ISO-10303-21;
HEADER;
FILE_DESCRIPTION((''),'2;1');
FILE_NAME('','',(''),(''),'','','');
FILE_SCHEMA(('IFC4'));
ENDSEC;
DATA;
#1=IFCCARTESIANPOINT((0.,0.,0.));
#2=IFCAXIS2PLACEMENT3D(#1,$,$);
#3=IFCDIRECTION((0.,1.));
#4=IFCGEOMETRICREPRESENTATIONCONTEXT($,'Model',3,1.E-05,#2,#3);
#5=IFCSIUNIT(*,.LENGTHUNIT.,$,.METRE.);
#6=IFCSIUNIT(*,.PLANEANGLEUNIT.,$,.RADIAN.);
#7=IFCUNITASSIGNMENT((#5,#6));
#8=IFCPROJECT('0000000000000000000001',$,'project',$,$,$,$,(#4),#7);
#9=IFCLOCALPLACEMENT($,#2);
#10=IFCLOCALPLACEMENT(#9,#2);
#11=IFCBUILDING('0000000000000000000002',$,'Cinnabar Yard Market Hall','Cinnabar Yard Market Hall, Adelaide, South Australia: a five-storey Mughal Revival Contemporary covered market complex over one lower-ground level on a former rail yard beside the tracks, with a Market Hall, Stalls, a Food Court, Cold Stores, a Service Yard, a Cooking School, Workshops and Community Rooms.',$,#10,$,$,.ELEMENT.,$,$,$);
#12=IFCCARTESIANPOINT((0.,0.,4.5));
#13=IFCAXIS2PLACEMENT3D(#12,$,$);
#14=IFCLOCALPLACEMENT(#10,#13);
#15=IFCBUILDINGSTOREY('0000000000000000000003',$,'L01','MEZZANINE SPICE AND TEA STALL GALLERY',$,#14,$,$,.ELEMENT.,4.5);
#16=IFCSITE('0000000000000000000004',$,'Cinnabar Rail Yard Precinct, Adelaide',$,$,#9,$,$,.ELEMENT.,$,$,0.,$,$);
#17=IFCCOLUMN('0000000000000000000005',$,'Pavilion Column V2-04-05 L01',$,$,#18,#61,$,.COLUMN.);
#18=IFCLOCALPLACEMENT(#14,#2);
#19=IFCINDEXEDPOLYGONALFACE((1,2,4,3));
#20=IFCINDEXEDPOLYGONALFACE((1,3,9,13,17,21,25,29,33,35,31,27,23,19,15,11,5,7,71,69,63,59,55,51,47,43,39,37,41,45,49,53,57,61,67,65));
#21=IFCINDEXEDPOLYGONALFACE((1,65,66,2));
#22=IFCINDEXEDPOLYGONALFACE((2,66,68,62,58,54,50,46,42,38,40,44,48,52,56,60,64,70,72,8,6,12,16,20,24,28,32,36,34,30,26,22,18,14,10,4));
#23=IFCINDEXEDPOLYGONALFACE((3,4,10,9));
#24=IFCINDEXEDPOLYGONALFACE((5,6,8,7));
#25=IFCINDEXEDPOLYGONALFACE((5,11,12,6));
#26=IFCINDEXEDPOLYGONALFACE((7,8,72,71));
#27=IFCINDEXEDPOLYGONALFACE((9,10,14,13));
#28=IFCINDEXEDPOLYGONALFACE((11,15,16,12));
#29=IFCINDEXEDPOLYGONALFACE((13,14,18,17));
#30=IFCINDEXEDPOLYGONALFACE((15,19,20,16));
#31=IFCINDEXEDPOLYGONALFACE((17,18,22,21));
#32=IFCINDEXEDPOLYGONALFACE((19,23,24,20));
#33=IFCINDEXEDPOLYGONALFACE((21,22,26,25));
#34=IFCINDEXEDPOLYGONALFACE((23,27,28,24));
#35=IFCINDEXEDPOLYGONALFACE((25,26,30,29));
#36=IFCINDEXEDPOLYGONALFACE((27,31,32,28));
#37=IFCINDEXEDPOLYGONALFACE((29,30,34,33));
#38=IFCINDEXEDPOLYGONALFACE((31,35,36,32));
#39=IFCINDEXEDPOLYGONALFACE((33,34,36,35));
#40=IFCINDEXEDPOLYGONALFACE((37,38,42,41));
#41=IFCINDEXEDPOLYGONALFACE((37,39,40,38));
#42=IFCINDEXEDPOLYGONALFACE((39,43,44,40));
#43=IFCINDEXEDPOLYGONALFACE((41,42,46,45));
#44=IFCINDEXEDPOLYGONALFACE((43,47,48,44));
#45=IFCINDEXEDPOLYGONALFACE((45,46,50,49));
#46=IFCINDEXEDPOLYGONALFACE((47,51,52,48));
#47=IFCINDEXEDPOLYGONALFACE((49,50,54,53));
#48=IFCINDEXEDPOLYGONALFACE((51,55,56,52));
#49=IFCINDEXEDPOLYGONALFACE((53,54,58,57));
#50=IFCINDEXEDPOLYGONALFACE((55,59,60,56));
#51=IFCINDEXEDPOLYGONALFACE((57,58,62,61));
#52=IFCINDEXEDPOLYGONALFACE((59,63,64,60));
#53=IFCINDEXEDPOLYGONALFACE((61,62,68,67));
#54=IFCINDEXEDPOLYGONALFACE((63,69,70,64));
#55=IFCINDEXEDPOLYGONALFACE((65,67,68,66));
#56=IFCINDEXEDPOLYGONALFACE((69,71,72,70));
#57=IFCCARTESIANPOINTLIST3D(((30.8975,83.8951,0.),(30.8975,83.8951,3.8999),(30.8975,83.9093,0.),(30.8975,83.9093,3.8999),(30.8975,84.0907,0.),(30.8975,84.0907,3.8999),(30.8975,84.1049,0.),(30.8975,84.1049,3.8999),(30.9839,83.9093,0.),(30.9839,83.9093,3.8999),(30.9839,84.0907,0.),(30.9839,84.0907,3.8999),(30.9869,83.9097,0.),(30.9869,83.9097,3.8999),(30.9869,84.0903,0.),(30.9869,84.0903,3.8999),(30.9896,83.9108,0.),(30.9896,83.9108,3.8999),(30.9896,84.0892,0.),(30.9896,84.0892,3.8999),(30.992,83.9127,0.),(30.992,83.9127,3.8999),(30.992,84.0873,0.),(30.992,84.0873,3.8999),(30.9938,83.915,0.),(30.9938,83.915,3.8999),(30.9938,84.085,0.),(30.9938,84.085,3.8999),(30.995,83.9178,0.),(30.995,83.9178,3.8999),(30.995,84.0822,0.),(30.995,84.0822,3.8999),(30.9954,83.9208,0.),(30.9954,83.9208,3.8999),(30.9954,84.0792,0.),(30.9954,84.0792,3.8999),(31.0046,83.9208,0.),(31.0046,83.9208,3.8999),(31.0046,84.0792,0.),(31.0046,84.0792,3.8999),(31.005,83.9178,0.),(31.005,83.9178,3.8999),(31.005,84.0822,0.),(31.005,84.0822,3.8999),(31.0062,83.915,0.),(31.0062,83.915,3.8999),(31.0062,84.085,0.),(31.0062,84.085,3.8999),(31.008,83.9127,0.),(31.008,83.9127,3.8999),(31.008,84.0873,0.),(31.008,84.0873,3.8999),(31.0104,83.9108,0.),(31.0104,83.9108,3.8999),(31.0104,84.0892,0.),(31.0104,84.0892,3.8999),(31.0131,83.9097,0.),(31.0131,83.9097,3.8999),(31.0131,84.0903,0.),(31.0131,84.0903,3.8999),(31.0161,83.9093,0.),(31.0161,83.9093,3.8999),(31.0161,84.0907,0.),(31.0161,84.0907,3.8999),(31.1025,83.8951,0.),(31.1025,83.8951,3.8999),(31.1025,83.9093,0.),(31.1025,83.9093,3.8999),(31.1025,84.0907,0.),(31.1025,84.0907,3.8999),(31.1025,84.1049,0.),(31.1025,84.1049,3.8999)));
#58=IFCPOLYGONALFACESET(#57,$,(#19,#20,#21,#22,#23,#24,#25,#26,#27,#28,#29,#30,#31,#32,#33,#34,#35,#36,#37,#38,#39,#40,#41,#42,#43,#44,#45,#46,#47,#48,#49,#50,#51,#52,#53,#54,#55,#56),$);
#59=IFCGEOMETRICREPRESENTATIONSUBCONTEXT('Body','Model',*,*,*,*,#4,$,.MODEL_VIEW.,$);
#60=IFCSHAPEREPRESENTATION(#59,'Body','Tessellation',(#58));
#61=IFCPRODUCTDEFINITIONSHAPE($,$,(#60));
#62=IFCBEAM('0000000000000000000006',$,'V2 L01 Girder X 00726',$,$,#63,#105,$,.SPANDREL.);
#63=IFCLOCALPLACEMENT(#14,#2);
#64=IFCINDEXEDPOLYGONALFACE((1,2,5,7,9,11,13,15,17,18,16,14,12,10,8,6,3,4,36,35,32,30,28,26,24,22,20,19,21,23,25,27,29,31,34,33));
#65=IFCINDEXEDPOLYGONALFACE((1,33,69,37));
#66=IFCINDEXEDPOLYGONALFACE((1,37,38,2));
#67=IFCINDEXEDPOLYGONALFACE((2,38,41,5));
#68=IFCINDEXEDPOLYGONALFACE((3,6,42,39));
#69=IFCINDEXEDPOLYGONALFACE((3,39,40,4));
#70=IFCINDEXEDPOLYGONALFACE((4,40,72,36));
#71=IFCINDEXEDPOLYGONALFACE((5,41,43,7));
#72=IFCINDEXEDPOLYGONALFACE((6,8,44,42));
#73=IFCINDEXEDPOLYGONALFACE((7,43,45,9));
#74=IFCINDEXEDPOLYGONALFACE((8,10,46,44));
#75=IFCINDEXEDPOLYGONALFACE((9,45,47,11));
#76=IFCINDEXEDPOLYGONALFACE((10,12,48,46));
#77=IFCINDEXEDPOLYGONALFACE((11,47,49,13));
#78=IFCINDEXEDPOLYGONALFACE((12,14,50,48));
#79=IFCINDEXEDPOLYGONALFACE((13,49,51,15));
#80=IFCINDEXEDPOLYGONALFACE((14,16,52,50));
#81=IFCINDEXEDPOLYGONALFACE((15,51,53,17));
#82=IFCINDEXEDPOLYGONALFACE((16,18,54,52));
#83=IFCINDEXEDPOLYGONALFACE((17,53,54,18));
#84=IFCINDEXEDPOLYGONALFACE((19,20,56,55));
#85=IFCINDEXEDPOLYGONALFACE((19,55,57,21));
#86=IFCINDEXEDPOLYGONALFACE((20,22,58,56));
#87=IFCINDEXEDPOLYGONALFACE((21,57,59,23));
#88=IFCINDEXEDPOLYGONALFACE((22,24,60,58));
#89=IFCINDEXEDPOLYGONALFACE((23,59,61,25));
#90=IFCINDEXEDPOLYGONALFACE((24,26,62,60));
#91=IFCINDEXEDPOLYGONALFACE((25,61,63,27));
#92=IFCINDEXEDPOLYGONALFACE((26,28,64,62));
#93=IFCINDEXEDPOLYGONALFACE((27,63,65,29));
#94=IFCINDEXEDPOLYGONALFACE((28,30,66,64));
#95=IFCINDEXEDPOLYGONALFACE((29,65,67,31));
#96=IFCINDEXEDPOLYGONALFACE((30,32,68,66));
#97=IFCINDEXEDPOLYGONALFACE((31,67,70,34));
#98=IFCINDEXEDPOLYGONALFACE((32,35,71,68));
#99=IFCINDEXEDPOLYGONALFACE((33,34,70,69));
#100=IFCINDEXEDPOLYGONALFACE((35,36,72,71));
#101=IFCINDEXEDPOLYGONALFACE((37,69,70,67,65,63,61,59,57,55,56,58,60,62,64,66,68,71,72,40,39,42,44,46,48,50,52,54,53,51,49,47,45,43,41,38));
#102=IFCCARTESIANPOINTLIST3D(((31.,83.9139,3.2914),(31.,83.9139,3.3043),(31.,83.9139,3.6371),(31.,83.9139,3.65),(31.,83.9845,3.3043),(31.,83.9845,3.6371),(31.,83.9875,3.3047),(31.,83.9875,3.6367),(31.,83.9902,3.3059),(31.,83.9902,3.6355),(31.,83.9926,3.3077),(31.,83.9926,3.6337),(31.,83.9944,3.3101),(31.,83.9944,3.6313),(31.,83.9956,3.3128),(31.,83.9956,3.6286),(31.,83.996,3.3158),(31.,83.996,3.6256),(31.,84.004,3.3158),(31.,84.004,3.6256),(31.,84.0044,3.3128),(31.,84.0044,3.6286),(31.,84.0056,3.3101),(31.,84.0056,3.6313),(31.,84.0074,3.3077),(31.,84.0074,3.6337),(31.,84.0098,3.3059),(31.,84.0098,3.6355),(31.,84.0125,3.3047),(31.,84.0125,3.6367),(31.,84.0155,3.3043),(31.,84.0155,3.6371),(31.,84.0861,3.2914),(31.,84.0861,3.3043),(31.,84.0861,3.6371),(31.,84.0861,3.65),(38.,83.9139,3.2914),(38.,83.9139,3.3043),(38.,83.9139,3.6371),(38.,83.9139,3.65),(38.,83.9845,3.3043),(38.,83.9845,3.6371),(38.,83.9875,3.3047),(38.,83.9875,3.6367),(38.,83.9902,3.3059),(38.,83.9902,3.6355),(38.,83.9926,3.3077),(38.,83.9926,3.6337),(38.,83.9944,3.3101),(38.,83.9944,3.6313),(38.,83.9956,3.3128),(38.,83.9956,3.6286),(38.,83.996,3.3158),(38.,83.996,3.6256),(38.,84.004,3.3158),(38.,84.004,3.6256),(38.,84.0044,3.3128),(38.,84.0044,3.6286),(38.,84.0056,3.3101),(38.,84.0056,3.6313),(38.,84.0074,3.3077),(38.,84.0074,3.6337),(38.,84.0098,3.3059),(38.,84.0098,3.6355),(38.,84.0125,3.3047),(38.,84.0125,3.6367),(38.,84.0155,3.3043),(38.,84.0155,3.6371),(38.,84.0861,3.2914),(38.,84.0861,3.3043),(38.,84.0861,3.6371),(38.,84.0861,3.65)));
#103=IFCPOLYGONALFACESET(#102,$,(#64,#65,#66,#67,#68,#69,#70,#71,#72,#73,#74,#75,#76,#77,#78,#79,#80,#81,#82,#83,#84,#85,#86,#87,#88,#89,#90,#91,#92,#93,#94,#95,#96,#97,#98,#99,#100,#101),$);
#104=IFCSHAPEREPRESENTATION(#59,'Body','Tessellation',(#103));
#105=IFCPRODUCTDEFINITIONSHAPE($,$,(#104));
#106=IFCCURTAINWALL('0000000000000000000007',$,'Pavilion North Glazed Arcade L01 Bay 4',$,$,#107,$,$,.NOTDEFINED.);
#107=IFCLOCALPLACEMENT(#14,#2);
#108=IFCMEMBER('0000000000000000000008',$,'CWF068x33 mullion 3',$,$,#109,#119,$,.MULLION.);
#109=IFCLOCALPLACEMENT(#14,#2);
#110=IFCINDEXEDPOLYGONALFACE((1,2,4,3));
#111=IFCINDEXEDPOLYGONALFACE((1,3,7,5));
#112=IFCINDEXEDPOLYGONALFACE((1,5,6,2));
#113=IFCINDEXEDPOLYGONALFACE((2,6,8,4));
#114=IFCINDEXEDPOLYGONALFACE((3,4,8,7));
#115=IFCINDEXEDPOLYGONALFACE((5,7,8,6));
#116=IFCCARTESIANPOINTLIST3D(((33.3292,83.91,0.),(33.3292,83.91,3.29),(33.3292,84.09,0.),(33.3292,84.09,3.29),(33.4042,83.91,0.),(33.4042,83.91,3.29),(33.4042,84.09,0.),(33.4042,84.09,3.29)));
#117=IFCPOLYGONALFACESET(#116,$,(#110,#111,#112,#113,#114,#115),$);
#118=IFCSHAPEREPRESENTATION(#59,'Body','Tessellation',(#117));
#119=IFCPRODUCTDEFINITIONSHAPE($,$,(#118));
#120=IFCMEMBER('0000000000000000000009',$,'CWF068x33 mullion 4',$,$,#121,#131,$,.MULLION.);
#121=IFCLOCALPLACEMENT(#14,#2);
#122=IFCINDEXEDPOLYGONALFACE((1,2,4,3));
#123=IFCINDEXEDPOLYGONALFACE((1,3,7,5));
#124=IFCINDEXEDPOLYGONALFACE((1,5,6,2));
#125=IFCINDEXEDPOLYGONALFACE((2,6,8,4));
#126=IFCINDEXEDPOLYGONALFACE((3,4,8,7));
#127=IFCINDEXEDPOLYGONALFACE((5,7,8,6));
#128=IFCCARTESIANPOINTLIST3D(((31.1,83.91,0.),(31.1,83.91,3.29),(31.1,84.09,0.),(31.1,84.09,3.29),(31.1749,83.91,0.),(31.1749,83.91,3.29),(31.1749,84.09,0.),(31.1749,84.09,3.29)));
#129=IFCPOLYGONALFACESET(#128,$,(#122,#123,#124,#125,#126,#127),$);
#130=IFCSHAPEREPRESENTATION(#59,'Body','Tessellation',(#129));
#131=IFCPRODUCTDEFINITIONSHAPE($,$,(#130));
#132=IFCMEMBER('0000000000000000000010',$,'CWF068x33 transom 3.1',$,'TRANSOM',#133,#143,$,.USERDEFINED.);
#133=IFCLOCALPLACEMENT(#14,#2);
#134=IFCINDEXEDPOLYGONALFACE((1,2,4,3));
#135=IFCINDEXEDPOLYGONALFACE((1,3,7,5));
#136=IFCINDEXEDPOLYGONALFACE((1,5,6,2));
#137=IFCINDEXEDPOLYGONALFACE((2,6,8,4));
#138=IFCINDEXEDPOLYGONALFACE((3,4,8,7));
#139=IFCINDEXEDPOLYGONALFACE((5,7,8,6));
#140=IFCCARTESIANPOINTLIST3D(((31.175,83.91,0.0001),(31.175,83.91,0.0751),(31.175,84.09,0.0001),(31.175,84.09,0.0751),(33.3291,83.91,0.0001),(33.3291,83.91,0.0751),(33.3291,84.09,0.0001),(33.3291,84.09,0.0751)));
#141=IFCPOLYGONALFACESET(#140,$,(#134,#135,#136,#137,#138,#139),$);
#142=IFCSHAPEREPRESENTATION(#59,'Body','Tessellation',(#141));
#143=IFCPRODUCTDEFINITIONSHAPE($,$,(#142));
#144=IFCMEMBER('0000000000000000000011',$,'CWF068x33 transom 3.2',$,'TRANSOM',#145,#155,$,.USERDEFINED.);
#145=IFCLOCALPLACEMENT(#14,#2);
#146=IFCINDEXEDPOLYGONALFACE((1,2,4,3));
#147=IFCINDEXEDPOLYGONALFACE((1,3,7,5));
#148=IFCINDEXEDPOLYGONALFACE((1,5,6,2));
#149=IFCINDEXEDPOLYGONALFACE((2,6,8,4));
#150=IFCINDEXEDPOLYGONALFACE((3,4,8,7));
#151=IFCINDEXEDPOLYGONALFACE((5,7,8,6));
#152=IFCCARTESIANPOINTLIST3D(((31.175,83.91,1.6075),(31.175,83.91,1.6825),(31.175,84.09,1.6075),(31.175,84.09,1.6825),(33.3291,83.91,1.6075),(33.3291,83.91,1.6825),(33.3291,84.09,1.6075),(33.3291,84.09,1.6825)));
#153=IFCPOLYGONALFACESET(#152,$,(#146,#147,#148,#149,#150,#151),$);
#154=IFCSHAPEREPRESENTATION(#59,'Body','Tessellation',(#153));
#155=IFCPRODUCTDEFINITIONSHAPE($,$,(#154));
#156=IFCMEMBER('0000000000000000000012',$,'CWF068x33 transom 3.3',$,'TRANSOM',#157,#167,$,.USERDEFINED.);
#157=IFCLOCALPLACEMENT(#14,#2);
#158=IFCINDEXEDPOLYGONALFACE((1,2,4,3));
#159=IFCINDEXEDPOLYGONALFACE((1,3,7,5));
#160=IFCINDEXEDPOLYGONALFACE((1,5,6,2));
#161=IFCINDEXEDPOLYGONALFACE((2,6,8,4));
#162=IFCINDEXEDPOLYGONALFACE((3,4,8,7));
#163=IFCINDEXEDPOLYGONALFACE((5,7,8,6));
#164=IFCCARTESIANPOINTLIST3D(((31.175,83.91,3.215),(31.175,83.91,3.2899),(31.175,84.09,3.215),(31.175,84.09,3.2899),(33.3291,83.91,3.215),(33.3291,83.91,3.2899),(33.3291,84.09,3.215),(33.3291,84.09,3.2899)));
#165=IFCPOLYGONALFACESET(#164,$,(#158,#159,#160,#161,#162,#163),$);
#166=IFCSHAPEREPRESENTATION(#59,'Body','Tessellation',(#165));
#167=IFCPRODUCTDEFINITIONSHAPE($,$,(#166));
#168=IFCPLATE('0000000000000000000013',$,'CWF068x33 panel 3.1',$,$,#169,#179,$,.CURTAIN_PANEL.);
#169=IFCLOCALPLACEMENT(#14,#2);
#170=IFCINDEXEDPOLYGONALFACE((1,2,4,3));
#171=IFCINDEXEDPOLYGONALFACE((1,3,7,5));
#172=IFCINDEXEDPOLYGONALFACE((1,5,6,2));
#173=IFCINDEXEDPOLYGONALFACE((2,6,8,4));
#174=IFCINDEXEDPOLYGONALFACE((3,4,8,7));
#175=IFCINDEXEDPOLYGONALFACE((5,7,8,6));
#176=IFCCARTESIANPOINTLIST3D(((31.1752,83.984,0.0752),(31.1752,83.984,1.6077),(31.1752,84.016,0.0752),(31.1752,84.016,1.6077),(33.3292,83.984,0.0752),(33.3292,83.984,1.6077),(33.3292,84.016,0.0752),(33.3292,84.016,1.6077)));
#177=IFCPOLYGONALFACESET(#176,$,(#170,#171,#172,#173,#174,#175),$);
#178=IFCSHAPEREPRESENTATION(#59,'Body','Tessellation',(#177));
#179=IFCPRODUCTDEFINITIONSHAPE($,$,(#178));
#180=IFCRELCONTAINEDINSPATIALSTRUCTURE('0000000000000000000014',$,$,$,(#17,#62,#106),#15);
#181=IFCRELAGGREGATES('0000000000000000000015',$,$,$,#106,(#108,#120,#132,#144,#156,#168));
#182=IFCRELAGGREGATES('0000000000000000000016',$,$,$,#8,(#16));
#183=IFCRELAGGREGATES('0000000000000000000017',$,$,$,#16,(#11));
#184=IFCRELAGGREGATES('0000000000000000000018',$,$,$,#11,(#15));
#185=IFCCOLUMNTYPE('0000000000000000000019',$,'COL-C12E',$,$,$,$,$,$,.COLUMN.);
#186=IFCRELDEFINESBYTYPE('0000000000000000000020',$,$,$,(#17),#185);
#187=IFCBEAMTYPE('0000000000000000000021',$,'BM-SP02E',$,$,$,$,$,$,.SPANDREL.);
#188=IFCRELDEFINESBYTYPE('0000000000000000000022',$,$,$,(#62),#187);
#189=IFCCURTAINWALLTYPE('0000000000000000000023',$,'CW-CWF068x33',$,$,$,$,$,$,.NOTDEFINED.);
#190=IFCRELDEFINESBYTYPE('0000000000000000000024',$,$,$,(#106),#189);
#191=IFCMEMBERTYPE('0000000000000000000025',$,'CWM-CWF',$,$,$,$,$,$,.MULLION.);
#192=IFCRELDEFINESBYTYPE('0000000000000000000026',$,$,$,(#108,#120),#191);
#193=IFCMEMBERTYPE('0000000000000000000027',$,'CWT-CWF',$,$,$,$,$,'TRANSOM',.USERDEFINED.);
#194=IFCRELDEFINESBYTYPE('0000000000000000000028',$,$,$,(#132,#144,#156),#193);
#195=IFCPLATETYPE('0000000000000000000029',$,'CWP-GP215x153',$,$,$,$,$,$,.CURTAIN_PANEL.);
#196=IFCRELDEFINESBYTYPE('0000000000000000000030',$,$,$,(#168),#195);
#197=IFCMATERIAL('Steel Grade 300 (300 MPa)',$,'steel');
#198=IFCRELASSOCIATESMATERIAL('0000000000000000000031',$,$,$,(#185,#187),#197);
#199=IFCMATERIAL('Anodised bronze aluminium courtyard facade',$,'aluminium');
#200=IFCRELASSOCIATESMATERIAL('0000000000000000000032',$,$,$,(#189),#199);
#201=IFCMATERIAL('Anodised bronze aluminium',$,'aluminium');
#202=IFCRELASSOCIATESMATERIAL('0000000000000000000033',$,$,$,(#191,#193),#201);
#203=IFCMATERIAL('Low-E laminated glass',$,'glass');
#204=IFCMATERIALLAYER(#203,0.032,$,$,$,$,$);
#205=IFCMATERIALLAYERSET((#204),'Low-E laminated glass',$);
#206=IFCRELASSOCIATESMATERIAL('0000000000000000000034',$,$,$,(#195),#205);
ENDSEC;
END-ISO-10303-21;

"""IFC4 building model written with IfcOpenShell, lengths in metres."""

from ifc_helpers import new_model, si_unit, direction, frame, origin, origin_2d_with_axis, place, context, subcontext, project, spatial, rectangle, i_section, extrude, material, layer, layer_set, material_profile, profile_set, type_object, element, aggregate, save


model = new_model("IFC4")

# Units and contexts
model_context = context("Model", 3, precision=1e-05, world=origin(), true_north=direction((0.0, 1.0)))
body_context = subcontext(model_context, "Body", "Model", "MODEL_VIEW")
ifc_project = project(units=[si_unit("LENGTHUNIT", "METRE"), si_unit("PLANEANGLEUNIT", "RADIAN")], contexts=[model_context])

# Site, building, storey
site_placement = place(None, origin())
site = spatial("IfcSite", under=ifc_project, at=site_placement, Name="Cinnabar Rail Yard Precinct, Adelaide", CompositionType="ELEMENT", RefElevation=0.0)
building_placement = place(site_placement, origin())
building = spatial("IfcBuilding", under=site, at=building_placement, Name="Cinnabar Yard Market Hall", Description="Cinnabar Yard Market Hall, Adelaide, South Australia: a five-storey Mughal Revival Contemporary covered market complex over one lower-ground level on a former rail yard beside the tracks, with a Market Hall, Stalls, a Food Court, Cold Stores, a Service Yard, a Cooking School, Workshops and Community Rooms.", CompositionType="ELEMENT")
storey_placement = place(building_placement, frame((0.0, 0.0, 4.5)))
storey = spatial("IfcBuildingStorey", under=building, at=storey_placement, Name="L01", Description="MEZZANINE SPICE AND TEA STALL GALLERY", CompositionType="ELEMENT", Elevation=4.5)

# Column
ifc_material_1 = material(Name="Steel Grade 300 (300 MPa)", Category="steel")
ifc_material_profile_1 = material_profile(ifc_material_1, i_section(OverallWidth=0.2051, OverallDepth=0.2097, WebThickness=0.0093, FlangeThickness=0.0142, FilletRadius=0.0115, at=origin_2d_with_axis()), Name="200UC59.5")
ifc_profile_set_1 = profile_set([ifc_material_profile_1], Name="Steel Grade 300 (300 MPa)")
column_type = type_object("IfcColumnType", Name="COL-C12E", PredefinedType="COLUMN", material=ifc_profile_set_1)
column_placement = place(storey_placement, frame((31.0, 84.0, 0.0), z_axis=(0.0, 0.0, 1.0), x_axis=(1.0, 0.0, 0.0)))
element("IfcColumn", 1, at=column_placement, inside=storey, type_object=column_type, Name="Pavilion Column V2-04-05 L01", PredefinedType="COLUMN", context=body_context, shape_type="SweptSolid", body=[
    extrude(i_section(OverallWidth=0.2051, OverallDepth=0.2097, WebThickness=0.0093, FlangeThickness=0.0142, FilletRadius=0.0115, at=origin_2d_with_axis()), origin(), (0.0, 0.0, 1.0), 3.8999),
])

# Beam
ifc_material_profile_2 = material_profile(ifc_material_1, i_section(OverallWidth=0.1721, OverallDepth=0.3586, WebThickness=0.0081, FlangeThickness=0.0129, FilletRadius=0.0115, at=origin_2d_with_axis()), Name="360UB56.7")
ifc_profile_set_2 = profile_set([ifc_material_profile_2], Name="Steel Grade 300 (300 MPa)")
beam_type = type_object("IfcBeamType", Name="BM-SP02E", PredefinedType="SPANDREL", material=ifc_profile_set_2)
beam_placement = place(storey_placement, frame((31.0, 84.0, 3.4707), z_axis=(1.0, 0.0, 0.0), x_axis=(0.0, 1.0, 0.0)))
element("IfcBeam", 2, at=beam_placement, inside=storey, type_object=beam_type, Name="V2 L01 Girder X 00726", PredefinedType="SPANDREL", context=body_context, shape_type="SweptSolid", body=[
    extrude(i_section(OverallWidth=0.1721, OverallDepth=0.3586, WebThickness=0.0081, FlangeThickness=0.0129, FilletRadius=0.0115, at=origin_2d_with_axis()), origin(), (0.0, 0.0, 1.0), 7.0),
])

# Curtain wall, members, plate
ifc_material_2 = material(Name="Anodised bronze aluminium courtyard facade", Category="aluminium")
curtain_wall_type = type_object("IfcCurtainWallType", Name="CW-CWF068x33", PredefinedType="NOTDEFINED", material=ifc_material_2)
curtain_wall_placement = place(storey_placement, origin())
curtain_wall = element("IfcCurtainWall", 3, at=curtain_wall_placement, inside=storey, type_object=curtain_wall_type, Name="Pavilion North Glazed Arcade L01 Bay 4", PredefinedType="NOTDEFINED")
ifc_material_3 = material(Name="Anodised bronze aluminium", Category="aluminium")
ifc_material_profile_3 = material_profile(ifc_material_3, rectangle(XDim=0.1799, YDim=0.075, at=origin_2d_with_axis()), Name="MUL-CWF")
ifc_profile_set_3 = profile_set([ifc_material_profile_3], Name="Anodised bronze aluminium")
member_type_1 = type_object("IfcMemberType", Name="CWM-CWF", PredefinedType="MULLION", material=ifc_profile_set_3)
member_1_placement = place(storey_placement, frame((33.3667, 84.0, 0.0), z_axis=(0.0, 0.0, 1.0), x_axis=(0.0, -1.0, 0.0)))
member_1 = element("IfcMember", 4, at=member_1_placement, type_object=member_type_1, Name="CWF068x33 mullion 3", PredefinedType="MULLION", context=body_context, shape_type="SweptSolid", body=[
    extrude(rectangle(XDim=0.1799, YDim=0.075, at=origin_2d_with_axis()), origin(), (0.0, 0.0, 1.0), 3.29),
])
member_2_placement = place(storey_placement, frame((31.1375, 84.0, 0.0), z_axis=(0.0, 0.0, 1.0), x_axis=(0.0, -1.0, 0.0)))
member_2 = element("IfcMember", 5, at=member_2_placement, type_object=member_type_1, Name="CWF068x33 mullion 4", PredefinedType="MULLION", context=body_context, shape_type="SweptSolid", body=[
    extrude(rectangle(XDim=0.1799, YDim=0.075, at=origin_2d_with_axis()), origin(), (0.0, 0.0, 1.0), 3.29),
])
ifc_material_profile_4 = material_profile(ifc_material_3, rectangle(XDim=0.1799, YDim=0.075, at=origin_2d_with_axis()), Name="TRN-CWF")
ifc_profile_set_4 = profile_set([ifc_material_profile_4], Name="Anodised bronze aluminium")
member_type_2 = type_object("IfcMemberType", Name="CWT-CWF", ElementType="TRANSOM", PredefinedType="USERDEFINED", material=ifc_profile_set_4)
member_3_placement = place(storey_placement, frame((33.3291, 84.0, 0.0376), z_axis=(-1.0, 0.0, 0.0), x_axis=(0.0, -1.0, 0.0)))
member_3 = element("IfcMember", 6, at=member_3_placement, type_object=member_type_2, Name="CWF068x33 transom 3.1", ObjectType="TRANSOM", PredefinedType="USERDEFINED", context=body_context, shape_type="SweptSolid", body=[
    extrude(rectangle(XDim=0.1799, YDim=0.075, at=origin_2d_with_axis()), origin(), (0.0, 0.0, 1.0), 2.1541),
])
member_4_placement = place(storey_placement, frame((33.3291, 84.0, 1.645), z_axis=(-1.0, 0.0, 0.0), x_axis=(0.0, -1.0, 0.0)))
member_4 = element("IfcMember", 7, at=member_4_placement, type_object=member_type_2, Name="CWF068x33 transom 3.2", ObjectType="TRANSOM", PredefinedType="USERDEFINED", context=body_context, shape_type="SweptSolid", body=[
    extrude(rectangle(XDim=0.1799, YDim=0.075, at=origin_2d_with_axis()), origin(), (0.0, 0.0, 1.0), 2.1541),
])
member_5_placement = place(storey_placement, frame((33.3291, 84.0, 3.2524), z_axis=(-1.0, 0.0, 0.0), x_axis=(0.0, -1.0, 0.0)))
member_5 = element("IfcMember", 8, at=member_5_placement, type_object=member_type_2, Name="CWF068x33 transom 3.3", ObjectType="TRANSOM", PredefinedType="USERDEFINED", context=body_context, shape_type="SweptSolid", body=[
    extrude(rectangle(XDim=0.1799, YDim=0.075, at=origin_2d_with_axis()), origin(), (0.0, 0.0, 1.0), 2.1541),
])
ifc_material_4 = material(Name="Low-E laminated glass", Category="glass")
ifc_layer_1 = layer(ifc_material_4, 0.032)
ifc_layer_set_1 = layer_set([ifc_layer_1], Name="Low-E laminated glass")
plate_type_1 = type_object("IfcPlateType", Name="CWP-GP215x153", PredefinedType="CURTAIN_PANEL", material=ifc_layer_set_1)
plate_1_placement = place(storey_placement, frame((32.2522, 84.0, 0.0752), z_axis=(0.0, 0.0, 1.0), x_axis=(-1.0, 0.0, 0.0)))
plate_1 = element("IfcPlate", 9, at=plate_1_placement, type_object=plate_type_1, Name="CWF068x33 panel 3.1", PredefinedType="CURTAIN_PANEL", context=body_context, shape_type="SweptSolid", body=[
    extrude(rectangle(XDim=2.1541, YDim=0.032, at=origin_2d_with_axis()), origin(), (0.0, 0.0, 1.0), 1.5325),
])
aggregate(curtain_wall, [member_1, member_2, member_3, member_4, member_5, plate_1])

save(model, "model.ifc")
